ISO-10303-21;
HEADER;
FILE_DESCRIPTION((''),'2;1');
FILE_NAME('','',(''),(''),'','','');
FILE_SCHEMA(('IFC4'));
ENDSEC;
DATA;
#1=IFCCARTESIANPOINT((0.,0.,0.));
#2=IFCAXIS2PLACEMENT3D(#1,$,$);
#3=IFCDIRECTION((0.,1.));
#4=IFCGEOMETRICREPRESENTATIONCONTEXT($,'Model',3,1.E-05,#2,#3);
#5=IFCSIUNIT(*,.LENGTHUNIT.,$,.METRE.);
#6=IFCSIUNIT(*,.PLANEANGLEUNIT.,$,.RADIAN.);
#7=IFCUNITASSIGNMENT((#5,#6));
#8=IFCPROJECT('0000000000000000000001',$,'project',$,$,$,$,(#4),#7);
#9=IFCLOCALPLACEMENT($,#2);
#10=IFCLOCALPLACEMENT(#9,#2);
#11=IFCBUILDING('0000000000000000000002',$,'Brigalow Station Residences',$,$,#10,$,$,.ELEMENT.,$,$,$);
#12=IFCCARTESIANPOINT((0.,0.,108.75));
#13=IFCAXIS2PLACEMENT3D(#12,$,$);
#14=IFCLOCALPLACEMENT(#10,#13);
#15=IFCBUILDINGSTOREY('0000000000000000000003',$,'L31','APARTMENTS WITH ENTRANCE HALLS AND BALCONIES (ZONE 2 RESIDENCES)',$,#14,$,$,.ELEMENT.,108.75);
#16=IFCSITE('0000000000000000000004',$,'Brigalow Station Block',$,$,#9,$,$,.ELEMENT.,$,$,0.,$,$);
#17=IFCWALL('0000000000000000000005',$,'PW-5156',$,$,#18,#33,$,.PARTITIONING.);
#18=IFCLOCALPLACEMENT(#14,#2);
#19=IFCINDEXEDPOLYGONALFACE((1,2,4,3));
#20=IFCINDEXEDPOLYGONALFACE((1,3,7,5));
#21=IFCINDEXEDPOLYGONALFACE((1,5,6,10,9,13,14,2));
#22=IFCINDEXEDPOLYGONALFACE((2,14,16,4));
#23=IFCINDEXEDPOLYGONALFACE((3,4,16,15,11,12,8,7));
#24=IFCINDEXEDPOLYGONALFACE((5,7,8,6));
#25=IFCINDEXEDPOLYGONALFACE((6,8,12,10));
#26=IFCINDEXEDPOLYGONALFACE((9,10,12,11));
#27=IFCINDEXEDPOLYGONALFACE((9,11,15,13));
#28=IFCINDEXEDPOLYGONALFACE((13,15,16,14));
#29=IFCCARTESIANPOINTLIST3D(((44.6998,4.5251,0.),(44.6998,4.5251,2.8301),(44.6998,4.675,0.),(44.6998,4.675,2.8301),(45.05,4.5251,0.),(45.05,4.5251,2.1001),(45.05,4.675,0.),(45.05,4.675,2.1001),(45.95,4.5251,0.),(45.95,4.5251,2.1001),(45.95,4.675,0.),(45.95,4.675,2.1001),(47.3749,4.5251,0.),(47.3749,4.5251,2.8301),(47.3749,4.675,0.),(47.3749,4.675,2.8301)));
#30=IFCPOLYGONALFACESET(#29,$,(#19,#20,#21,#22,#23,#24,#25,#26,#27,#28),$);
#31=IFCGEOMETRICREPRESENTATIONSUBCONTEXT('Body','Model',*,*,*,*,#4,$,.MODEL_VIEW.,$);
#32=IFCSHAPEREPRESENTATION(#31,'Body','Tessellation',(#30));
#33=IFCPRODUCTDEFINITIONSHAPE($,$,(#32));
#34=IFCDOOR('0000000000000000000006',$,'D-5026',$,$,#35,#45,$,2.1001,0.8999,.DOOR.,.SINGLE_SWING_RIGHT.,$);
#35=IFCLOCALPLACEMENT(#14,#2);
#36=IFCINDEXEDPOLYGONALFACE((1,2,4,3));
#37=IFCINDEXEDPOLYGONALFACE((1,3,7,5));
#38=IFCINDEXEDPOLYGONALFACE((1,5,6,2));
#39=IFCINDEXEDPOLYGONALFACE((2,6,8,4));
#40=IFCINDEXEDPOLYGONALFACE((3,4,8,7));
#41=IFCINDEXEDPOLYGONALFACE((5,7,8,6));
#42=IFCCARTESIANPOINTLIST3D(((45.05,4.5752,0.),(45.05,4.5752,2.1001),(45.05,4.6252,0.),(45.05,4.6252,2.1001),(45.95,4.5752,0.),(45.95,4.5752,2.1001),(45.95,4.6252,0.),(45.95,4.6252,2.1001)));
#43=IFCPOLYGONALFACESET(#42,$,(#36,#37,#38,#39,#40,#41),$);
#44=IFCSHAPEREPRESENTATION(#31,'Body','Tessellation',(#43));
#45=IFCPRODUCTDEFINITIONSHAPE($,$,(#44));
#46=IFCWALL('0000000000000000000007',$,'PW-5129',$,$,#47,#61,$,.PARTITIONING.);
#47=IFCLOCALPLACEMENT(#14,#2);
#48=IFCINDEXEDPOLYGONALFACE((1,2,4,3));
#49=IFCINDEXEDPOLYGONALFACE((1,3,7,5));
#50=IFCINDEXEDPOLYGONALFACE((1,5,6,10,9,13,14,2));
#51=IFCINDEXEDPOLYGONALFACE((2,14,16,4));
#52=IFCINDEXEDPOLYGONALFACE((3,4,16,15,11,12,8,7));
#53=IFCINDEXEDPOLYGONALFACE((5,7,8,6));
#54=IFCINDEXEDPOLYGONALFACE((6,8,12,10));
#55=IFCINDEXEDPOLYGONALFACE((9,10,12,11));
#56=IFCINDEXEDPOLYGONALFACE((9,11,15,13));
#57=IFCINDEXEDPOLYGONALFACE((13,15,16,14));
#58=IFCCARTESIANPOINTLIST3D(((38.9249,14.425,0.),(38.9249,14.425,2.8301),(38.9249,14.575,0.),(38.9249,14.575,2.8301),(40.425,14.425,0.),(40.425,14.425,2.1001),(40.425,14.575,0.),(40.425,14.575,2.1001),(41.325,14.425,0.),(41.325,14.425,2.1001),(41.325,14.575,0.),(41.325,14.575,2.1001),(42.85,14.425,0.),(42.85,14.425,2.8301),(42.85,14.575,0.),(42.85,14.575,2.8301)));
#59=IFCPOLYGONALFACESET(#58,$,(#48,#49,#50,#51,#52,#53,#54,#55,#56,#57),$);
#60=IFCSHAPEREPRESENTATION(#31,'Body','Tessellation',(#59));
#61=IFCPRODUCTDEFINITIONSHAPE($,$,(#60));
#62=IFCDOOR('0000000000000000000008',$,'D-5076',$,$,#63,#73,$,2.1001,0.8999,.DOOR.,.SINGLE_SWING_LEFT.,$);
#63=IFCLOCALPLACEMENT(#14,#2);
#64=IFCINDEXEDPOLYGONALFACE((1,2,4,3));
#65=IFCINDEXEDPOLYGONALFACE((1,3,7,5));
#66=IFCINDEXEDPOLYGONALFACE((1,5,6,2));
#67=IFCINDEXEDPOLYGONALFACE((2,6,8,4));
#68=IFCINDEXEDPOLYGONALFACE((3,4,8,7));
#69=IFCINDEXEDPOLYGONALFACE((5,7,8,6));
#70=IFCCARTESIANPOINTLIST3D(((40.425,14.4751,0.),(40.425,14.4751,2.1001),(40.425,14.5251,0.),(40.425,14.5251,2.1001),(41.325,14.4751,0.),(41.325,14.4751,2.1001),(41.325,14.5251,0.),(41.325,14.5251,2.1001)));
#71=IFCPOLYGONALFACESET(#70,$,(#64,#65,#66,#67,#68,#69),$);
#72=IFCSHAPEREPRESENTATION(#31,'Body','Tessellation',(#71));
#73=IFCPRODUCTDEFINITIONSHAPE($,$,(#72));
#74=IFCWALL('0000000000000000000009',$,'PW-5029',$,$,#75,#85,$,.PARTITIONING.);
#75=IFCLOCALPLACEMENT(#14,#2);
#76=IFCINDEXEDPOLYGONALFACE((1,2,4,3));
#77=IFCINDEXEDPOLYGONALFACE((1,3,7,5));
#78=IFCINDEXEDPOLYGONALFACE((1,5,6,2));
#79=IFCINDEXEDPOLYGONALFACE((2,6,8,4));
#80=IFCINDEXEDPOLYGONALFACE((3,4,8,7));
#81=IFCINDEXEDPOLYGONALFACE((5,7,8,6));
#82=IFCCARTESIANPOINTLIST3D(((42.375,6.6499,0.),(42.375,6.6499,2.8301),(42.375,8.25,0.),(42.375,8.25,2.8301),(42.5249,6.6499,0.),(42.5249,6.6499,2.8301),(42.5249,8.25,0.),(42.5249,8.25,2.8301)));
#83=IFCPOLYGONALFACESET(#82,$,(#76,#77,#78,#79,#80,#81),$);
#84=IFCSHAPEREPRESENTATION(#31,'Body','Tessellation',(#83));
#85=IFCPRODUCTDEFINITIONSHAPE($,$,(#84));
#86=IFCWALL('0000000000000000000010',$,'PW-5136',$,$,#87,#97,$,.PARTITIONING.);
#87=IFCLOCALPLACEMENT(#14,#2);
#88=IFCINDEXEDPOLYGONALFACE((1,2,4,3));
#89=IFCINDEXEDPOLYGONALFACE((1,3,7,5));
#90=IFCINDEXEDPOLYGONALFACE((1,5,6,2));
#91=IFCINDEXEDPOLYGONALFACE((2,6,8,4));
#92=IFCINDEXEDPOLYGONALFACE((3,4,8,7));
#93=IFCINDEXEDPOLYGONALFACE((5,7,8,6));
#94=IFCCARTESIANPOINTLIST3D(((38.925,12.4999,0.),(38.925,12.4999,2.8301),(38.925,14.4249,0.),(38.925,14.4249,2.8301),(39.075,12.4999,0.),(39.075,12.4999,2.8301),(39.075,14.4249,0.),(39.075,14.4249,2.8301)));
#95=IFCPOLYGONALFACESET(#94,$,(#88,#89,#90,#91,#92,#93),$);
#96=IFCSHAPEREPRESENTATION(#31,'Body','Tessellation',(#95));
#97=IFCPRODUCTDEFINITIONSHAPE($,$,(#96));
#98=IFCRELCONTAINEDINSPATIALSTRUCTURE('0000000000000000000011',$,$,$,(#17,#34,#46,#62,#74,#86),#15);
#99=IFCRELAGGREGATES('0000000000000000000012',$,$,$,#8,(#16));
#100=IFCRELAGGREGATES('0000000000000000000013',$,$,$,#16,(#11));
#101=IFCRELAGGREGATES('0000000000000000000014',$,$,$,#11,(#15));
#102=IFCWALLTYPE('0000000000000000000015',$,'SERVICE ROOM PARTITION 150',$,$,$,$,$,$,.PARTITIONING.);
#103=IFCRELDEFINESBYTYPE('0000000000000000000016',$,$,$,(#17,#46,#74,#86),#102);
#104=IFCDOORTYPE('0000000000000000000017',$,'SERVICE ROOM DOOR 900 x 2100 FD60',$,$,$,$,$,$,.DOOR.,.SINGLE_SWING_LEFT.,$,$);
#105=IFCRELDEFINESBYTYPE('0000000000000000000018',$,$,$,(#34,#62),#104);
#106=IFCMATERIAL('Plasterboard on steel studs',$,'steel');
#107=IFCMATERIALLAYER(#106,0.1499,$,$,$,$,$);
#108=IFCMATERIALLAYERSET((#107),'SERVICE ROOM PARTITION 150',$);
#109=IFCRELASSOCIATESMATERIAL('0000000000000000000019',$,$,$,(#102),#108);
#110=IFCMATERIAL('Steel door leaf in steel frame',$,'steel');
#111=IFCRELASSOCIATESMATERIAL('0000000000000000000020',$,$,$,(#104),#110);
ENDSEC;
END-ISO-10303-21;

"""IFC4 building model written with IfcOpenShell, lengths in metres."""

from ifc_helpers import new_model, si_unit, direction, frame, frame_2d, origin, place, context, subcontext, project, spatial, rectangle, extrude, material, layer, layer_set, type_object, element, fill, save


model = new_model("IFC4")

# Units and contexts
model_context = context("Model", 3, precision=1e-05, world=origin(), true_north=direction((0.0, 1.0)))
body_context = subcontext(model_context, "Body", "Model", "MODEL_VIEW")
ifc_project = project(units=[si_unit("LENGTHUNIT", "METRE"), si_unit("PLANEANGLEUNIT", "RADIAN")], contexts=[model_context])

# Site, building, storey
site_placement = place(None, origin())
site = spatial("IfcSite", under=ifc_project, at=site_placement, Name="Brigalow Station Block", CompositionType="ELEMENT", RefElevation=0.0)
building_placement = place(site_placement, origin())
building = spatial("IfcBuilding", under=site, at=building_placement, Name="Brigalow Station Residences", CompositionType="ELEMENT")
storey_placement = place(building_placement, frame((0.0, 0.0, 108.75)))
storey = spatial("IfcBuildingStorey", under=building, at=storey_placement, Name="L31", Description="APARTMENTS WITH ENTRANCE HALLS AND BALCONIES (ZONE 2 RESIDENCES)", CompositionType="ELEMENT", Elevation=108.75)

# Walls, openings, doors
ifc_material_1 = material(Name="Plasterboard on steel studs", Category="steel")
ifc_layer_1 = layer(ifc_material_1, 0.1499)
ifc_layer_set_1 = layer_set([ifc_layer_1], Name="SERVICE ROOM PARTITION 150")
wall_type_1 = type_object("IfcWallType", Name="SERVICE ROOM PARTITION 150", PredefinedType="PARTITIONING", material=ifc_layer_set_1)
wall_1_placement = place(storey_placement, frame((44.7, 4.6001, 0.0), z_axis=(0.0, 0.0, 1.0), x_axis=(1.0, 0.0, 0.0)))
wall_1 = element("IfcWall", 1, at=wall_1_placement, inside=storey, type_object=wall_type_1, Name="PW-5156", PredefinedType="PARTITIONING", context=body_context, shape_type="SweptSolid", body=[
    extrude(rectangle(XDim=2.675, YDim=0.1499, at=frame_2d((1.3374, 0.0))), origin(), (0.0, 0.0, 1.0), 2.8301),
])
opening_1_placement = place(wall_1_placement, frame((0.3501, 0.0, 0.0)))
opening_1 = element("IfcOpeningElement", 2, at=opening_1_placement, cuts=wall_1, PredefinedType="OPENING", context=body_context, shape_type="SweptSolid", body=[
    extrude(rectangle(XDim=0.8999, YDim=2.1001, at=frame_2d((0.45, 1.05))), frame((0.0, 0.085, 0.0), z_axis=(0.0, -1.0, 0.0), x_axis=(1.0, 0.0, 0.0)), (0.0, 0.0, 1.0), 0.1699),
])
ifc_material_2 = material(Name="Steel door leaf in steel frame", Category="steel")
door_type_1 = type_object("IfcDoorType", Name="SERVICE ROOM DOOR 900 x 2100 FD60", OperationType="SINGLE_SWING_LEFT", PredefinedType="DOOR", material=ifc_material_2)
door_1_placement = place(opening_1_placement, frame((0.8999, 0.0, 0.0), z_axis=(0.0, 0.0, 1.0), x_axis=(-1.0, 0.0, 0.0)))
door_1 = element("IfcDoor", 3, at=door_1_placement, inside=storey, type_object=door_type_1, Name="D-5026", OperationType="SINGLE_SWING_RIGHT", OverallHeight=2.1001, OverallWidth=0.8999, PredefinedType="DOOR", context=body_context, shape_type="SweptSolid", body=[
    extrude(rectangle(XDim=0.8999, YDim=2.1001, at=frame_2d((0.45, 1.05))), frame((0.0, 0.0249, 0.0), z_axis=(0.0, -1.0, 0.0), x_axis=(1.0, 0.0, 0.0)), (0.0, 0.0, 1.0), 0.05),
])
fill(opening_1, door_1)
wall_2_placement = place(storey_placement, frame((38.925, 14.5, 0.0), z_axis=(0.0, 0.0, 1.0), x_axis=(1.0, 0.0, 0.0)))
wall_2 = element("IfcWall", 4, at=wall_2_placement, inside=storey, type_object=wall_type_1, Name="PW-5129", PredefinedType="PARTITIONING", context=body_context, shape_type="SweptSolid", body=[
    extrude(rectangle(XDim=3.925, YDim=0.1499, at=frame_2d((1.9624, 0.0))), origin(), (0.0, 0.0, 1.0), 2.8301),
])
opening_2_placement = place(wall_2_placement, frame((1.5, 0.0, 0.0)))
opening_2 = element("IfcOpeningElement", 5, at=opening_2_placement, cuts=wall_2, PredefinedType="OPENING", context=body_context, shape_type="SweptSolid", body=[
    extrude(rectangle(XDim=0.8999, YDim=2.1001, at=frame_2d((0.45, 1.05))), frame((0.0, 0.085, 0.0), z_axis=(0.0, -1.0, 0.0), x_axis=(1.0, 0.0, 0.0)), (0.0, 0.0, 1.0), 0.1699),
])
door_2_placement = place(opening_2_placement, frame((0.8999, 0.0, 0.0), z_axis=(0.0, 0.0, 1.0), x_axis=(-1.0, 0.0, 0.0)))
door_2 = element("IfcDoor", 6, at=door_2_placement, inside=storey, type_object=door_type_1, Name="D-5076", OperationType="SINGLE_SWING_LEFT", OverallHeight=2.1001, OverallWidth=0.8999, PredefinedType="DOOR", context=body_context, shape_type="SweptSolid", body=[
    extrude(rectangle(XDim=0.8999, YDim=2.1001, at=frame_2d((0.45, 1.05))), frame((0.0, 0.0249, 0.0), z_axis=(0.0, -1.0, 0.0), x_axis=(1.0, 0.0, 0.0)), (0.0, 0.0, 1.0), 0.05),
])
fill(opening_2, door_2)

# Walls
wall_3_placement = place(storey_placement, frame((42.45, 6.6499, 0.0), z_axis=(0.0, 0.0, 1.0), x_axis=(0.0, 1.0, 0.0)))
element("IfcWall", 7, at=wall_3_placement, inside=storey, type_object=wall_type_1, Name="PW-5029", PredefinedType="PARTITIONING", context=body_context, shape_type="SweptSolid", body=[
    extrude(rectangle(XDim=1.6001, YDim=0.1499, at=frame_2d((0.8, 0.0))), origin(), (0.0, 0.0, 1.0), 2.8301),
])
wall_4_placement = place(storey_placement, frame((39.0, 12.5, 0.0), z_axis=(0.0, 0.0, 1.0), x_axis=(0.0, 1.0, 0.0)))
element("IfcWall", 8, at=wall_4_placement, inside=storey, type_object=wall_type_1, Name="PW-5136", PredefinedType="PARTITIONING", context=body_context, shape_type="SweptSolid", body=[
    extrude(rectangle(XDim=1.925, YDim=0.1499, at=frame_2d((0.9624, 0.0))), origin(), (0.0, 0.0, 1.0), 2.8301),
])

save(model, "model.ifc")
